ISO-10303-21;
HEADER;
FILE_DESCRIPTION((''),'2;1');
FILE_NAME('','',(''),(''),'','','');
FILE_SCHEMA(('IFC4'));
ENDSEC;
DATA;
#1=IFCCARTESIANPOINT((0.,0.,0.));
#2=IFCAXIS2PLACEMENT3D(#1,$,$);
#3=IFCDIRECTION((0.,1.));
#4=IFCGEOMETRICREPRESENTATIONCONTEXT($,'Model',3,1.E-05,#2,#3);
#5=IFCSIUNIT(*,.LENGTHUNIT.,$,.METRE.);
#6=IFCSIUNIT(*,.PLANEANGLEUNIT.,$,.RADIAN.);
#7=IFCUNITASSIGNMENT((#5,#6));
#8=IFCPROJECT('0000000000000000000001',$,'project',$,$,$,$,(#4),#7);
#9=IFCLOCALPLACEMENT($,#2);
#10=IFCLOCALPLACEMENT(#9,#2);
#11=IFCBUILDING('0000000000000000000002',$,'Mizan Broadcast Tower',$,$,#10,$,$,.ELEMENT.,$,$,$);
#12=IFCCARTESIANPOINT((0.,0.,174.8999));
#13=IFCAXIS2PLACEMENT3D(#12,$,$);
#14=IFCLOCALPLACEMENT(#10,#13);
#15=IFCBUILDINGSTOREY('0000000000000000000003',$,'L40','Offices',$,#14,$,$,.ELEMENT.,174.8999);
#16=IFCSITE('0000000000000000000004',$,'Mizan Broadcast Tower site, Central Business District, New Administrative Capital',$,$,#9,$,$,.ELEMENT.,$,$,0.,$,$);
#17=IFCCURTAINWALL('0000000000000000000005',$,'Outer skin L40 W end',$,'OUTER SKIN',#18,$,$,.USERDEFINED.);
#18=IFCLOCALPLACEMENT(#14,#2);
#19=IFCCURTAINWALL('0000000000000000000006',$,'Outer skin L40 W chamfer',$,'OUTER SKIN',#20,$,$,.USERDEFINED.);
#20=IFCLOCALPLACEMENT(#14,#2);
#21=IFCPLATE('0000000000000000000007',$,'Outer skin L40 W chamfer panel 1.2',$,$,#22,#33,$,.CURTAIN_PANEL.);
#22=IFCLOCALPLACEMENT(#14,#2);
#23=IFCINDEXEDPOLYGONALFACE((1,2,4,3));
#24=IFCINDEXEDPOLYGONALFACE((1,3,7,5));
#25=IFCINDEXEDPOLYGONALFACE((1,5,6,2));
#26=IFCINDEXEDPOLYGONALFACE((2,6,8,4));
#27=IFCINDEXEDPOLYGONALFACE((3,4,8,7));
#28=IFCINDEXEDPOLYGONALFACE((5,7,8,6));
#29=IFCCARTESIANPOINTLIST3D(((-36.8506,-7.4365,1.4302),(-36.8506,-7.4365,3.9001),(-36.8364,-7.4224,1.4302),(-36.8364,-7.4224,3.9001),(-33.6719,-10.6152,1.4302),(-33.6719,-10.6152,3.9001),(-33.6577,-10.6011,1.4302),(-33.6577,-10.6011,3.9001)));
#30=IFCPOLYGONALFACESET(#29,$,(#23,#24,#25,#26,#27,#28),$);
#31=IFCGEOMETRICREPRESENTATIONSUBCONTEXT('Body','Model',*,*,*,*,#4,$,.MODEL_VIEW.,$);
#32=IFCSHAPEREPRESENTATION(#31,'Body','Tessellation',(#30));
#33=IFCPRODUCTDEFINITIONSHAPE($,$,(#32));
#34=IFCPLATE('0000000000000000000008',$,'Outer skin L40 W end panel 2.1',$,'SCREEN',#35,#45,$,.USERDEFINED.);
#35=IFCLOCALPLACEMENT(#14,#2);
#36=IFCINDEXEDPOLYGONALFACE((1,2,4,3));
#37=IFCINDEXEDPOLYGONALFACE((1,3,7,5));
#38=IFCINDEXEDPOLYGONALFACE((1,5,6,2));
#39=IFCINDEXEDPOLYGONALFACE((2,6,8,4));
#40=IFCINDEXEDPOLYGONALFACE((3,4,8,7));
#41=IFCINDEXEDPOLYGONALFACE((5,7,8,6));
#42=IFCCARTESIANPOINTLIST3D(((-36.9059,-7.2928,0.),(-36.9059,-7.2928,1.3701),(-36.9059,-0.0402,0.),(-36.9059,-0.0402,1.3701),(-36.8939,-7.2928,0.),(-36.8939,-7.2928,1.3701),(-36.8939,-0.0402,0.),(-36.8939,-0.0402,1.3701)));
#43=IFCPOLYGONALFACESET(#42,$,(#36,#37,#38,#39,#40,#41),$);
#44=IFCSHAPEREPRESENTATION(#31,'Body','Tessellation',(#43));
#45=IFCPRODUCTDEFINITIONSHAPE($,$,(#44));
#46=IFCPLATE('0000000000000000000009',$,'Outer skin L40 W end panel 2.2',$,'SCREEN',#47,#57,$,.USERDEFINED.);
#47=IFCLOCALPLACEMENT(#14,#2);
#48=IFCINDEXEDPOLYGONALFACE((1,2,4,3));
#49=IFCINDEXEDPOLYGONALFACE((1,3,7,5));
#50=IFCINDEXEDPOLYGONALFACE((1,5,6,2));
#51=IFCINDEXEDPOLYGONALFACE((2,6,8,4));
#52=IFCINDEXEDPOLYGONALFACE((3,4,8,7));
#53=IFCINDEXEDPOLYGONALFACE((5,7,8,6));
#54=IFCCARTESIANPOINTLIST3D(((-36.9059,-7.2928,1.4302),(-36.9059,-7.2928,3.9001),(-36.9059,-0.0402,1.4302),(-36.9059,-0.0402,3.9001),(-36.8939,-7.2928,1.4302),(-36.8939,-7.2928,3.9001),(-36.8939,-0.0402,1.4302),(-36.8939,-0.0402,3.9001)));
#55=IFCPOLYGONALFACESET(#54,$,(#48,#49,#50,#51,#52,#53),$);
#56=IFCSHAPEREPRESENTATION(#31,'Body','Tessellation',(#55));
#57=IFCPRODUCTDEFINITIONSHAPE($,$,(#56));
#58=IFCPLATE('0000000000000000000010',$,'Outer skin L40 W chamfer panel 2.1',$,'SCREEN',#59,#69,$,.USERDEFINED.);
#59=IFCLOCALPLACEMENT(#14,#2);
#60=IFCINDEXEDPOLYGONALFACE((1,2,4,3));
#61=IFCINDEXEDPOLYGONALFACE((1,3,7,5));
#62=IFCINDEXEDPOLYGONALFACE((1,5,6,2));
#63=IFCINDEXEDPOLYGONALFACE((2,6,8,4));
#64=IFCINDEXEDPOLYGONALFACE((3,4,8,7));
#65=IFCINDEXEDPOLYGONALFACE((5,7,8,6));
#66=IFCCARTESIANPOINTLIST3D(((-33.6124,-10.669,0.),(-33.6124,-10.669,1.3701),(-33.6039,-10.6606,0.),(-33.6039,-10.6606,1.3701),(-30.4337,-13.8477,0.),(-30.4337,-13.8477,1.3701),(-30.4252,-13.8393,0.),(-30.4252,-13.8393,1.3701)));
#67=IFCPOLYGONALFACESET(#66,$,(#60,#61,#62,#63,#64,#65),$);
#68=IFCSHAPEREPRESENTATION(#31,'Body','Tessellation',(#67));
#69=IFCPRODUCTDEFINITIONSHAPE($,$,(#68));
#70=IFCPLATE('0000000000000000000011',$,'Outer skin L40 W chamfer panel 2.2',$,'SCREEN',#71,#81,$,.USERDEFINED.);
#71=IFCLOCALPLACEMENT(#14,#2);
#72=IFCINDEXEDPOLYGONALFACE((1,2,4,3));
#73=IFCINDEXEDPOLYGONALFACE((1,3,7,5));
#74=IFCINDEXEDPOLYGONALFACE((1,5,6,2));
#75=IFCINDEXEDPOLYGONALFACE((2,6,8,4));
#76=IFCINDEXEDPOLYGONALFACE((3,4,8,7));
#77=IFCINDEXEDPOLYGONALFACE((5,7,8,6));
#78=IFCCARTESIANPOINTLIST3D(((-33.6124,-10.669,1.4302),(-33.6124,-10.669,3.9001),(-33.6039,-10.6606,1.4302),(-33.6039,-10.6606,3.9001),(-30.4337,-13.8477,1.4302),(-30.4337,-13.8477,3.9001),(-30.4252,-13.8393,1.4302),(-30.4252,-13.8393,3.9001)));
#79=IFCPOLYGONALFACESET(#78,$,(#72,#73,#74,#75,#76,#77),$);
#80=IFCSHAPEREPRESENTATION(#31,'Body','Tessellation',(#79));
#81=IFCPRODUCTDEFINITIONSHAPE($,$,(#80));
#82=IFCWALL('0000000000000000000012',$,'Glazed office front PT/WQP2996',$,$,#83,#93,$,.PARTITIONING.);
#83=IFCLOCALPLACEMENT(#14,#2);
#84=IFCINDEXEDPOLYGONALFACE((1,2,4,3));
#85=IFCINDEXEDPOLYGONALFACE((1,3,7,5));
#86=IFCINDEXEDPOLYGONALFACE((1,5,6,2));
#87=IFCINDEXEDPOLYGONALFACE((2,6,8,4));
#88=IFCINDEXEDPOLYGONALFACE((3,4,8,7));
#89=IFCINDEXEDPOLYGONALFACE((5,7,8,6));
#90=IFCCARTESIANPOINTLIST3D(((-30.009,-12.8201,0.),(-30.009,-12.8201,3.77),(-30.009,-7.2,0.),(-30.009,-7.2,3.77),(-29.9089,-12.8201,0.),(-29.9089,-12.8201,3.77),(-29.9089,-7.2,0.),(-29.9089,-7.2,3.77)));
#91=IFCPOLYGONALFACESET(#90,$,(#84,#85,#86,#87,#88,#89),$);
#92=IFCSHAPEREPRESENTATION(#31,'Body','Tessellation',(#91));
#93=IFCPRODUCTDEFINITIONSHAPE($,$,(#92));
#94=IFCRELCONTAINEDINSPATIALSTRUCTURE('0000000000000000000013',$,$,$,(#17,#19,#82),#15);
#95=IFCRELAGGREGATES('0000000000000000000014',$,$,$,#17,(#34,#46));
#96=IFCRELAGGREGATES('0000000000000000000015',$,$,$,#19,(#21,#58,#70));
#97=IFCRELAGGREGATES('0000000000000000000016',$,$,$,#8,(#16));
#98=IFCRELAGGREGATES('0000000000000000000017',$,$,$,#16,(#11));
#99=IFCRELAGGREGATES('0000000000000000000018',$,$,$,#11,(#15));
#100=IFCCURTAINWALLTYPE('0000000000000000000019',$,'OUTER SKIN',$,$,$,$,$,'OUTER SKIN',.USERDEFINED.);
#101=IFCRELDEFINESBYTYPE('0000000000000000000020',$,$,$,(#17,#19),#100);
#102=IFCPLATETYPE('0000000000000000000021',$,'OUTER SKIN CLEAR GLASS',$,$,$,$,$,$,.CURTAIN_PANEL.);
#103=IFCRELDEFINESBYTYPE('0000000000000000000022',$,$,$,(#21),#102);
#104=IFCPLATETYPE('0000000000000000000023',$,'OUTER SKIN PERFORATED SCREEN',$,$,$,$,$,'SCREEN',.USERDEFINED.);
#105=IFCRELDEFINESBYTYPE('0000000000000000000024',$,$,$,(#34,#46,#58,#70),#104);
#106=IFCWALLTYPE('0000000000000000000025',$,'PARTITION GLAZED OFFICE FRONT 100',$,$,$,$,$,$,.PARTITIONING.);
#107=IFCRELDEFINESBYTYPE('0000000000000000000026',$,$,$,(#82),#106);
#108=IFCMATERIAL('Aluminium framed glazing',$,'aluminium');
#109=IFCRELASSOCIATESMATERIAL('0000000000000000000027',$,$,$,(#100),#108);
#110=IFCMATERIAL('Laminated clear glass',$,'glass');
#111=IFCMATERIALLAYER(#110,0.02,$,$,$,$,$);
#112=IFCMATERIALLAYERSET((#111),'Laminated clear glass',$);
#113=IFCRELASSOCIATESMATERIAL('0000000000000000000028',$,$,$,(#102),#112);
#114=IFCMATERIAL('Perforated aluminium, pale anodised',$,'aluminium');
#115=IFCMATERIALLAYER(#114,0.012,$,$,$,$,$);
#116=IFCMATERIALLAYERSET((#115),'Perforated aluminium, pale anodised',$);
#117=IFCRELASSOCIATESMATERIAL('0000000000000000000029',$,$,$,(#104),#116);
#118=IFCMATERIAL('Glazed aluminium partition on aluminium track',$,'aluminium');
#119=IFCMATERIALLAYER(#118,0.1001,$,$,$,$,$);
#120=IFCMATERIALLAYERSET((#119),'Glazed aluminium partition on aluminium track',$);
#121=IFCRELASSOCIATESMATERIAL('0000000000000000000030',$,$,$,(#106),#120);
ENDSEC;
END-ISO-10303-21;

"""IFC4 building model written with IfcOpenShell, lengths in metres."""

from ifc_helpers import new_model, si_unit, direction, frame, frame_2d, origin, origin_2d, place, context, subcontext, project, spatial, rectangle, extrude, material, layer, layer_set, type_object, element, aggregate, save


model = new_model("IFC4")

# Units and contexts
model_context = context("Model", 3, precision=1e-05, world=origin(), true_north=direction((0.0, 1.0)))
body_context = subcontext(model_context, "Body", "Model", "MODEL_VIEW")
ifc_project = project(units=[si_unit("LENGTHUNIT", "METRE"), si_unit("PLANEANGLEUNIT", "RADIAN")], contexts=[model_context])

# Site, building, storey
site_placement = place(None, origin())
site = spatial("IfcSite", under=ifc_project, at=site_placement, Name="Mizan Broadcast Tower site, Central Business District, New Administrative Capital", CompositionType="ELEMENT", RefElevation=0.0)
building_placement = place(site_placement, origin())
building = spatial("IfcBuilding", under=site, at=building_placement, Name="Mizan Broadcast Tower", CompositionType="ELEMENT")
storey_placement = place(building_placement, frame((0.0, 0.0, 174.8999)))
storey = spatial("IfcBuildingStorey", under=building, at=storey_placement, Name="L40", Description="Offices", CompositionType="ELEMENT", Elevation=174.8999)

# Curtain walls
ifc_material_1 = material(Name="Aluminium framed glazing", Category="aluminium")
curtain_wall_type_1 = type_object("IfcCurtainWallType", Name="OUTER SKIN", ElementType="OUTER SKIN", PredefinedType="USERDEFINED", material=ifc_material_1)
curtain_wall_1_placement = place(storey_placement, origin())
curtain_wall_1 = element("IfcCurtainWall", 1, at=curtain_wall_1_placement, inside=storey, type_object=curtain_wall_type_1, Name="Outer skin L40 W end", ObjectType="OUTER SKIN", PredefinedType="USERDEFINED")
curtain_wall_2_placement = place(storey_placement, origin())
curtain_wall_2 = element("IfcCurtainWall", 2, at=curtain_wall_2_placement, inside=storey, type_object=curtain_wall_type_1, Name="Outer skin L40 W chamfer", ObjectType="OUTER SKIN", PredefinedType="USERDEFINED")

# Plates
ifc_material_2 = material(Name="Laminated clear glass", Category="glass")
ifc_layer_1 = layer(ifc_material_2, 0.02)
ifc_layer_set_1 = layer_set([ifc_layer_1], Name="Laminated clear glass")
plate_type_1 = type_object("IfcPlateType", Name="OUTER SKIN CLEAR GLASS", PredefinedType="CURTAIN_PANEL", material=ifc_layer_set_1)
plate_1_placement = place(storey_placement, frame((-35.2542, -9.0188, 1.4302), z_axis=(0.0, 0.0, 1.0), x_axis=(0.707107, -0.707107, 0.0)))
plate_1 = element("IfcPlate", 3, at=plate_1_placement, type_object=plate_type_1, Name="Outer skin L40 W chamfer panel 1.2", PredefinedType="CURTAIN_PANEL", context=body_context, shape_type="SweptSolid", body=[
    extrude(rectangle(XDim=4.4954, YDim=0.02, at=origin_2d()), origin(), (0.0, 0.0, 1.0), 2.47),
])
ifc_material_3 = material(Name="Perforated aluminium, pale anodised", Category="aluminium")
ifc_layer_2 = layer(ifc_material_3, 0.012)
ifc_layer_set_2 = layer_set([ifc_layer_2], Name="Perforated aluminium, pale anodised")
plate_type_2 = type_object("IfcPlateType", Name="OUTER SKIN PERFORATED SCREEN", ElementType="SCREEN", PredefinedType="USERDEFINED", material=ifc_layer_set_2)
plate_2_placement = place(storey_placement, frame((-36.8999, -3.6665, 0.0), z_axis=(0.0, 0.0, 1.0), x_axis=(0.0, -1.0, 0.0)))
plate_2 = element("IfcPlate", 4, at=plate_2_placement, type_object=plate_type_2, Name="Outer skin L40 W end panel 2.1", ObjectType="SCREEN", PredefinedType="USERDEFINED", context=body_context, shape_type="SweptSolid", body=[
    extrude(rectangle(XDim=7.2527, YDim=0.012, at=origin_2d()), origin(), (0.0, 0.0, 1.0), 1.3701),
])
plate_3_placement = place(storey_placement, frame((-36.8999, -3.6665, 1.4302), z_axis=(0.0, 0.0, 1.0), x_axis=(0.0, -1.0, 0.0)))
plate_3 = element("IfcPlate", 5, at=plate_3_placement, type_object=plate_type_2, Name="Outer skin L40 W end panel 2.2", ObjectType="SCREEN", PredefinedType="USERDEFINED", context=body_context, shape_type="SweptSolid", body=[
    extrude(rectangle(XDim=7.2527, YDim=0.012, at=origin_2d()), origin(), (0.0, 0.0, 1.0), 2.47),
])
aggregate(curtain_wall_1, [plate_2, plate_3])
plate_4_placement = place(storey_placement, frame((-32.0188, -12.2542, 0.0), z_axis=(0.0, 0.0, 1.0), x_axis=(0.707107, -0.707107, 0.0)))
plate_4 = element("IfcPlate", 6, at=plate_4_placement, type_object=plate_type_2, Name="Outer skin L40 W chamfer panel 2.1", ObjectType="SCREEN", PredefinedType="USERDEFINED", context=body_context, shape_type="SweptSolid", body=[
    extrude(rectangle(XDim=4.4954, YDim=0.012, at=origin_2d()), origin(), (0.0, 0.0, 1.0), 1.3701),
])
plate_5_placement = place(storey_placement, frame((-32.0188, -12.2542, 1.4302), z_axis=(0.0, 0.0, 1.0), x_axis=(0.707107, -0.707107, 0.0)))
plate_5 = element("IfcPlate", 7, at=plate_5_placement, type_object=plate_type_2, Name="Outer skin L40 W chamfer panel 2.2", ObjectType="SCREEN", PredefinedType="USERDEFINED", context=body_context, shape_type="SweptSolid", body=[
    extrude(rectangle(XDim=4.4954, YDim=0.012, at=origin_2d()), origin(), (0.0, 0.0, 1.0), 2.47),
])
aggregate(curtain_wall_2, [plate_1, plate_4, plate_5])

# Wall
ifc_material_4 = material(Name="Glazed aluminium partition on aluminium track", Category="aluminium")
ifc_layer_3 = layer(ifc_material_4, 0.1001)
ifc_layer_set_3 = layer_set([ifc_layer_3], Name="Glazed aluminium partition on aluminium track")
wall_type = type_object("IfcWallType", Name="PARTITION GLAZED OFFICE FRONT 100", PredefinedType="PARTITIONING", material=ifc_layer_set_3)
wall_placement = place(storey_placement, frame((-29.959, -7.2, 0.0), z_axis=(0.0, 0.0, 1.0), x_axis=(0.0, -1.0, 0.0)))
element("IfcWall", 8, at=wall_placement, inside=storey, type_object=wall_type, Name="Glazed office front PT/WQP2996", PredefinedType="PARTITIONING", context=body_context, shape_type="SweptSolid", body=[
    extrude(rectangle(XDim=5.6201, YDim=0.1001, at=frame_2d((2.8101, 0.0))), origin(), (0.0, 0.0, 1.0), 3.77),
])

save(model, "model.ifc")
